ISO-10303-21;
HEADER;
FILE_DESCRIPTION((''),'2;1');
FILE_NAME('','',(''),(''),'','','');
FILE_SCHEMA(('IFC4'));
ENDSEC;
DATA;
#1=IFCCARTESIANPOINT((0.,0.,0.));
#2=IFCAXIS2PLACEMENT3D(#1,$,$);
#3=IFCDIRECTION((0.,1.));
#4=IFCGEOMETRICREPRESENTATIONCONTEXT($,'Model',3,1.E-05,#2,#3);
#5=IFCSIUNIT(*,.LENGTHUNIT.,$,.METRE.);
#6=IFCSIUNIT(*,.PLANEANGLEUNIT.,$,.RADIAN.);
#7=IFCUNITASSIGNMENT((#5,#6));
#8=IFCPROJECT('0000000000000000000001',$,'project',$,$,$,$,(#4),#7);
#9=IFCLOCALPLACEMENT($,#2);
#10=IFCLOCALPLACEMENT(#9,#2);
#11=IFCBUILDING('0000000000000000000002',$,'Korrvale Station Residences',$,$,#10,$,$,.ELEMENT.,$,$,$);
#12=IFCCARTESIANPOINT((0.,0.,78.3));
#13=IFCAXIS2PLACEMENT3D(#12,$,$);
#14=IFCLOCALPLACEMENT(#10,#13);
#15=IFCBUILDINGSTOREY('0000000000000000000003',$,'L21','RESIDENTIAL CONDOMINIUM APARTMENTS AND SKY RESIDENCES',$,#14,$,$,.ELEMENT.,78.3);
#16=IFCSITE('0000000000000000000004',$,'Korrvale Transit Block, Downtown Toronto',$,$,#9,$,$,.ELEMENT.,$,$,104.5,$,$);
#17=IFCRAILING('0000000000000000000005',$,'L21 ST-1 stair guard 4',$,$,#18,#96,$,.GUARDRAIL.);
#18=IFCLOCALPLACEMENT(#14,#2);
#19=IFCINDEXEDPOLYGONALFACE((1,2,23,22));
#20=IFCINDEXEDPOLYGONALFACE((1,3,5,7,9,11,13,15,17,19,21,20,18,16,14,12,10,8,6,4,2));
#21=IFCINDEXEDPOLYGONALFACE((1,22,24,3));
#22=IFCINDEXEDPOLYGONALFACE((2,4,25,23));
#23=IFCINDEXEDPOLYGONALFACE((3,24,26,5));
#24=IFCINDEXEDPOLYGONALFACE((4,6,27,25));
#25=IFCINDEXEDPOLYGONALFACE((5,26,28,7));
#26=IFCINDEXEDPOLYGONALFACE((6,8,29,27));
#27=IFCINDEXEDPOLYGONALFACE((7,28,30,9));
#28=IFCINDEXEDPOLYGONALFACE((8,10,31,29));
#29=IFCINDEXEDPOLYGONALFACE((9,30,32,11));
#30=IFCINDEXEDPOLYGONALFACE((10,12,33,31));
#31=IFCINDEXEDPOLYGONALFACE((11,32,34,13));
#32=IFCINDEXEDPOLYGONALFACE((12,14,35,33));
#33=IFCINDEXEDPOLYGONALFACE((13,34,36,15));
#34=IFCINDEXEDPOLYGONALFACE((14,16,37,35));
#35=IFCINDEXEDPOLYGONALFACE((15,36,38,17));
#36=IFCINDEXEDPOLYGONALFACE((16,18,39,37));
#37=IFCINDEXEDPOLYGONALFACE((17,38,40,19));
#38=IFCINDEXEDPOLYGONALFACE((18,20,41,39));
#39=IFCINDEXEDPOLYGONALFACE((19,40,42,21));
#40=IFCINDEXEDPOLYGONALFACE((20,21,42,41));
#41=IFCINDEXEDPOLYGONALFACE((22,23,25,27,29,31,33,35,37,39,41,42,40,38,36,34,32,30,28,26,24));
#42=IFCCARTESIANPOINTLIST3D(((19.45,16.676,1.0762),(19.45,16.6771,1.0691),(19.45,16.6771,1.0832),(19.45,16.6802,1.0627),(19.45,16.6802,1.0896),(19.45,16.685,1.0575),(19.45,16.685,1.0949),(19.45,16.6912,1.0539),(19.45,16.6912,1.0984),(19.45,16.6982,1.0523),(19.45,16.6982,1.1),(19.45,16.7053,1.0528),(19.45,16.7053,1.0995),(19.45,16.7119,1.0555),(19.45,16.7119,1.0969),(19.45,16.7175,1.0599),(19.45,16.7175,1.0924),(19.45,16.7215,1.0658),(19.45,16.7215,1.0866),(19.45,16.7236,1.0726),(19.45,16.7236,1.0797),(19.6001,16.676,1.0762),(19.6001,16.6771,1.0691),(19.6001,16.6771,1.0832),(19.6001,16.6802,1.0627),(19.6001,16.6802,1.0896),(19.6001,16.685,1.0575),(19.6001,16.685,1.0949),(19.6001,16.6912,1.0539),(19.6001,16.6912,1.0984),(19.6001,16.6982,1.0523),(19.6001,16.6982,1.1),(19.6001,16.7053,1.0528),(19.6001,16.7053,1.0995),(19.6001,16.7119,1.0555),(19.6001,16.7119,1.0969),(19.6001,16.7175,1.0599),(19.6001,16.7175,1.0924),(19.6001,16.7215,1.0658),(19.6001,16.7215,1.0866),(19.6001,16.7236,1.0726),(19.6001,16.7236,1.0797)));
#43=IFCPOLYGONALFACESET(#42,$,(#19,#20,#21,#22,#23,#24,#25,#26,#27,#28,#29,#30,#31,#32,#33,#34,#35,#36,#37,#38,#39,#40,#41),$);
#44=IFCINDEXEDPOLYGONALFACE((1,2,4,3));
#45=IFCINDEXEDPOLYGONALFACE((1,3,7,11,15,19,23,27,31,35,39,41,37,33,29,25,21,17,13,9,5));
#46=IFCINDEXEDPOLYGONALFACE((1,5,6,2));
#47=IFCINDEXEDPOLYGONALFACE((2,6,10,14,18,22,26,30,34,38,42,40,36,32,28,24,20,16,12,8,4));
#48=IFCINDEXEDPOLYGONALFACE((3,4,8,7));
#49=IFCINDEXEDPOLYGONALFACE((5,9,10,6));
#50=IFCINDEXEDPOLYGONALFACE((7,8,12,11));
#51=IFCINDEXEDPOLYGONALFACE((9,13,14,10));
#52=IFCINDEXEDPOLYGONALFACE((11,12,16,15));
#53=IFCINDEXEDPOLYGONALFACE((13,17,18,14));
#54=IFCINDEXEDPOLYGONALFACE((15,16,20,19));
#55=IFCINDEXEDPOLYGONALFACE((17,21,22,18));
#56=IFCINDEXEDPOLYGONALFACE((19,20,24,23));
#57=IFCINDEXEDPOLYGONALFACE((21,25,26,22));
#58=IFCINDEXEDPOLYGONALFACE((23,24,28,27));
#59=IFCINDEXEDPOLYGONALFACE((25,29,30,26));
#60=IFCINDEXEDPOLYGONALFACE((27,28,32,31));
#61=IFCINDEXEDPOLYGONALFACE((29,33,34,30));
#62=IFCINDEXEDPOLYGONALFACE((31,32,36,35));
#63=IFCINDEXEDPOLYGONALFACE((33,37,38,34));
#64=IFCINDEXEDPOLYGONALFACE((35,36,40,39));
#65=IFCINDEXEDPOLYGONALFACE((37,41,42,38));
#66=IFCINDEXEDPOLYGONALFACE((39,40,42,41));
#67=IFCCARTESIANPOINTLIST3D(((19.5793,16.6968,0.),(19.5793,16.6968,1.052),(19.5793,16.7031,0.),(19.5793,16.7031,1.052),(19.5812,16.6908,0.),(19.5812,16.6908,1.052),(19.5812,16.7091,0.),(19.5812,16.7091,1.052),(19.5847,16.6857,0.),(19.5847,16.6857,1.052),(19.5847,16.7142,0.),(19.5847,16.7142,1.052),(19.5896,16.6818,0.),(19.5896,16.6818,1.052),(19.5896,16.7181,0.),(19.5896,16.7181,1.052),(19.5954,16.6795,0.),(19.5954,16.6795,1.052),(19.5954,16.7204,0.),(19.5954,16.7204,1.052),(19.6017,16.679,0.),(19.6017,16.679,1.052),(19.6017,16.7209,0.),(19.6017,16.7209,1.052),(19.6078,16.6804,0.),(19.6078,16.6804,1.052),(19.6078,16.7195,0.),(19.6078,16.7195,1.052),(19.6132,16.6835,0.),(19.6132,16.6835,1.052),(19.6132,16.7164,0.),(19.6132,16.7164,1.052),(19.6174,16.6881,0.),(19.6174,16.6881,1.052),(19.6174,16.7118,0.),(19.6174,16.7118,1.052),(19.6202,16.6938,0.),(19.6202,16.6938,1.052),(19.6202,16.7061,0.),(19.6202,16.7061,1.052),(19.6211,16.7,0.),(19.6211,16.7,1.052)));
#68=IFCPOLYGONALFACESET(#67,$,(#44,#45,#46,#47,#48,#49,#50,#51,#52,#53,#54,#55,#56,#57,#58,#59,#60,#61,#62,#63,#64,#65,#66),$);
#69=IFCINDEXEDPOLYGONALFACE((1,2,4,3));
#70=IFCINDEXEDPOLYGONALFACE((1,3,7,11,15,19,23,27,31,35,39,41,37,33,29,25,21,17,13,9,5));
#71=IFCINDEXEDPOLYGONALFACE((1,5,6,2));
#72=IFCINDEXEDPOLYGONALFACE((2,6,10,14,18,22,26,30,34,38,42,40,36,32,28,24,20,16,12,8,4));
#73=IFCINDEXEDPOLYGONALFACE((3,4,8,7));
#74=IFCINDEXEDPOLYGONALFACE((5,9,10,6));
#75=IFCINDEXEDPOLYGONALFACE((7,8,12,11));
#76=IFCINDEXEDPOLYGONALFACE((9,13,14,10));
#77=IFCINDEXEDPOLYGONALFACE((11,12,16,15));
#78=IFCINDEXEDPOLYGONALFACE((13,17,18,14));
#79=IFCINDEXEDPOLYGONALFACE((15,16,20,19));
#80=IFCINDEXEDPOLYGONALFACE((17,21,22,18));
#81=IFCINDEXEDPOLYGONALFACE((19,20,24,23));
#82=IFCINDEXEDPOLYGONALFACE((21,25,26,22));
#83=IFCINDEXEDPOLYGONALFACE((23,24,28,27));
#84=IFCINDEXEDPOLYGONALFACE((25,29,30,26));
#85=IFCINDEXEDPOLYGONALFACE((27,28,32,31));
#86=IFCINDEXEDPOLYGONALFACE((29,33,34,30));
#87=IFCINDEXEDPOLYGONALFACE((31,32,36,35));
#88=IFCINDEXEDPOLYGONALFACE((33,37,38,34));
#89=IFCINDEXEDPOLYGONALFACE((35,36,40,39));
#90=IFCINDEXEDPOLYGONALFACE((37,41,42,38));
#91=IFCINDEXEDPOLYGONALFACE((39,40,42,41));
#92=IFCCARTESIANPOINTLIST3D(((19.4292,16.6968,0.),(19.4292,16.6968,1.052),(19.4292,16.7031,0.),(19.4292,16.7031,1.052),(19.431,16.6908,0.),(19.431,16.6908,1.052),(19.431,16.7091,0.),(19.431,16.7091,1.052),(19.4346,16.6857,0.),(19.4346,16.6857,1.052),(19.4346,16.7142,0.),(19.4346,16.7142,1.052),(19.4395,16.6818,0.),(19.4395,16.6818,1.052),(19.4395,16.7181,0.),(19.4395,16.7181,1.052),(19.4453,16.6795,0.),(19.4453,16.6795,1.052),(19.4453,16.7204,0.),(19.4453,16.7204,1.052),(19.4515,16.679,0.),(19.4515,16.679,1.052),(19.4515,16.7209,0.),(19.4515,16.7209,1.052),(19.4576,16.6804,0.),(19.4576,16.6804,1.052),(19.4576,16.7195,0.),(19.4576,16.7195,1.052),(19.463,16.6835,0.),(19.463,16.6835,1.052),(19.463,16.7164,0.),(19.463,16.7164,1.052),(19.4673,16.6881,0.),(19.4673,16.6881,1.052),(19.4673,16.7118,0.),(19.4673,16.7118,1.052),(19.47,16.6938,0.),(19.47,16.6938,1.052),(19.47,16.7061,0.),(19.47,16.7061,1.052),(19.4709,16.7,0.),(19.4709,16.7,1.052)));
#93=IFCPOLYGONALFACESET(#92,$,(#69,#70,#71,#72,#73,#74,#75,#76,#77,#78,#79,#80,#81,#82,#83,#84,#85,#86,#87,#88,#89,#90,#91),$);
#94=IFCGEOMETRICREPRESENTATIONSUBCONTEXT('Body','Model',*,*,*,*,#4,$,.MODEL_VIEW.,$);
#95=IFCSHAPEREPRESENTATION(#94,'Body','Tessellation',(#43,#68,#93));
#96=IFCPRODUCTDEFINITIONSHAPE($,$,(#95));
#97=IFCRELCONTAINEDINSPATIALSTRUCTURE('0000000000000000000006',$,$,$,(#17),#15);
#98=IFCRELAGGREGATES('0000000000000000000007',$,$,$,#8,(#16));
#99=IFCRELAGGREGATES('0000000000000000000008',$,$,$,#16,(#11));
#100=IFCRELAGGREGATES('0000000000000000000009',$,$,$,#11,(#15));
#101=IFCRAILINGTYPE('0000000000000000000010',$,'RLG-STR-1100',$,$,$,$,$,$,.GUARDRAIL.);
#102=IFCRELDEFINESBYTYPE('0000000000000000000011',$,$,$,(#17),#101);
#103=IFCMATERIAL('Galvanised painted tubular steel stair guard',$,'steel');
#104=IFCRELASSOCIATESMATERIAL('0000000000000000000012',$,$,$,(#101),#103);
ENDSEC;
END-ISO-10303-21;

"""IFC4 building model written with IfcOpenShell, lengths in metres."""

from ifc_helpers import new_model, si_unit, direction, frame, origin, origin_2d, place, context, subcontext, project, spatial, circle, extrude, material, type_object, element, save


model = new_model("IFC4")

# Units and contexts
model_context = context("Model", 3, precision=1e-05, world=origin(), true_north=direction((0.0, 1.0)))
body_context = subcontext(model_context, "Body", "Model", "MODEL_VIEW")
ifc_project = project(units=[si_unit("LENGTHUNIT", "METRE"), si_unit("PLANEANGLEUNIT", "RADIAN")], contexts=[model_context])

# Site, building, storey
site_placement = place(None, origin())
site = spatial("IfcSite", under=ifc_project, at=site_placement, Name="Korrvale Transit Block, Downtown Toronto", CompositionType="ELEMENT", RefElevation=104.5)
building_placement = place(site_placement, origin())
building = spatial("IfcBuilding", under=site, at=building_placement, Name="Korrvale Station Residences", CompositionType="ELEMENT")
storey_placement = place(building_placement, frame((0.0, 0.0, 78.3)))
storey = spatial("IfcBuildingStorey", under=building, at=storey_placement, Name="L21", Description="RESIDENTIAL CONDOMINIUM APARTMENTS AND SKY RESIDENCES", CompositionType="ELEMENT", Elevation=78.3)

# Railing
ifc_material_1 = material(Name="Galvanised painted tubular steel stair guard", Category="steel")
railing_type_1 = type_object("IfcRailingType", Name="RLG-STR-1100", PredefinedType="GUARDRAIL", material=ifc_material_1)
railing_1_placement = place(storey_placement, frame((19.6001, 16.7, 0.0)))
element("IfcRailing", 1, at=railing_1_placement, inside=storey, type_object=railing_type_1, Name="L21 ST-1 stair guard 4", PredefinedType="GUARDRAIL", context=body_context, shape_type="SweptSolid", body=[
    extrude(circle(Radius=0.0239, at=origin_2d()), frame((0.0, 0.0, 1.0762), z_axis=(-1.0, 0.0, 0.0), x_axis=(0.0, -1.0, 0.0)), (0.0, 0.0, 1.0), 0.1501),
    extrude(circle(Radius=0.021, at=origin_2d()), origin(), (0.0, 0.0, 1.0), 1.052),
    extrude(circle(Radius=0.021, at=origin_2d()), frame((-0.1501, 0.0, 0.0)), (0.0, 0.0, 1.0), 1.052),
])

save(model, "model.ifc")
